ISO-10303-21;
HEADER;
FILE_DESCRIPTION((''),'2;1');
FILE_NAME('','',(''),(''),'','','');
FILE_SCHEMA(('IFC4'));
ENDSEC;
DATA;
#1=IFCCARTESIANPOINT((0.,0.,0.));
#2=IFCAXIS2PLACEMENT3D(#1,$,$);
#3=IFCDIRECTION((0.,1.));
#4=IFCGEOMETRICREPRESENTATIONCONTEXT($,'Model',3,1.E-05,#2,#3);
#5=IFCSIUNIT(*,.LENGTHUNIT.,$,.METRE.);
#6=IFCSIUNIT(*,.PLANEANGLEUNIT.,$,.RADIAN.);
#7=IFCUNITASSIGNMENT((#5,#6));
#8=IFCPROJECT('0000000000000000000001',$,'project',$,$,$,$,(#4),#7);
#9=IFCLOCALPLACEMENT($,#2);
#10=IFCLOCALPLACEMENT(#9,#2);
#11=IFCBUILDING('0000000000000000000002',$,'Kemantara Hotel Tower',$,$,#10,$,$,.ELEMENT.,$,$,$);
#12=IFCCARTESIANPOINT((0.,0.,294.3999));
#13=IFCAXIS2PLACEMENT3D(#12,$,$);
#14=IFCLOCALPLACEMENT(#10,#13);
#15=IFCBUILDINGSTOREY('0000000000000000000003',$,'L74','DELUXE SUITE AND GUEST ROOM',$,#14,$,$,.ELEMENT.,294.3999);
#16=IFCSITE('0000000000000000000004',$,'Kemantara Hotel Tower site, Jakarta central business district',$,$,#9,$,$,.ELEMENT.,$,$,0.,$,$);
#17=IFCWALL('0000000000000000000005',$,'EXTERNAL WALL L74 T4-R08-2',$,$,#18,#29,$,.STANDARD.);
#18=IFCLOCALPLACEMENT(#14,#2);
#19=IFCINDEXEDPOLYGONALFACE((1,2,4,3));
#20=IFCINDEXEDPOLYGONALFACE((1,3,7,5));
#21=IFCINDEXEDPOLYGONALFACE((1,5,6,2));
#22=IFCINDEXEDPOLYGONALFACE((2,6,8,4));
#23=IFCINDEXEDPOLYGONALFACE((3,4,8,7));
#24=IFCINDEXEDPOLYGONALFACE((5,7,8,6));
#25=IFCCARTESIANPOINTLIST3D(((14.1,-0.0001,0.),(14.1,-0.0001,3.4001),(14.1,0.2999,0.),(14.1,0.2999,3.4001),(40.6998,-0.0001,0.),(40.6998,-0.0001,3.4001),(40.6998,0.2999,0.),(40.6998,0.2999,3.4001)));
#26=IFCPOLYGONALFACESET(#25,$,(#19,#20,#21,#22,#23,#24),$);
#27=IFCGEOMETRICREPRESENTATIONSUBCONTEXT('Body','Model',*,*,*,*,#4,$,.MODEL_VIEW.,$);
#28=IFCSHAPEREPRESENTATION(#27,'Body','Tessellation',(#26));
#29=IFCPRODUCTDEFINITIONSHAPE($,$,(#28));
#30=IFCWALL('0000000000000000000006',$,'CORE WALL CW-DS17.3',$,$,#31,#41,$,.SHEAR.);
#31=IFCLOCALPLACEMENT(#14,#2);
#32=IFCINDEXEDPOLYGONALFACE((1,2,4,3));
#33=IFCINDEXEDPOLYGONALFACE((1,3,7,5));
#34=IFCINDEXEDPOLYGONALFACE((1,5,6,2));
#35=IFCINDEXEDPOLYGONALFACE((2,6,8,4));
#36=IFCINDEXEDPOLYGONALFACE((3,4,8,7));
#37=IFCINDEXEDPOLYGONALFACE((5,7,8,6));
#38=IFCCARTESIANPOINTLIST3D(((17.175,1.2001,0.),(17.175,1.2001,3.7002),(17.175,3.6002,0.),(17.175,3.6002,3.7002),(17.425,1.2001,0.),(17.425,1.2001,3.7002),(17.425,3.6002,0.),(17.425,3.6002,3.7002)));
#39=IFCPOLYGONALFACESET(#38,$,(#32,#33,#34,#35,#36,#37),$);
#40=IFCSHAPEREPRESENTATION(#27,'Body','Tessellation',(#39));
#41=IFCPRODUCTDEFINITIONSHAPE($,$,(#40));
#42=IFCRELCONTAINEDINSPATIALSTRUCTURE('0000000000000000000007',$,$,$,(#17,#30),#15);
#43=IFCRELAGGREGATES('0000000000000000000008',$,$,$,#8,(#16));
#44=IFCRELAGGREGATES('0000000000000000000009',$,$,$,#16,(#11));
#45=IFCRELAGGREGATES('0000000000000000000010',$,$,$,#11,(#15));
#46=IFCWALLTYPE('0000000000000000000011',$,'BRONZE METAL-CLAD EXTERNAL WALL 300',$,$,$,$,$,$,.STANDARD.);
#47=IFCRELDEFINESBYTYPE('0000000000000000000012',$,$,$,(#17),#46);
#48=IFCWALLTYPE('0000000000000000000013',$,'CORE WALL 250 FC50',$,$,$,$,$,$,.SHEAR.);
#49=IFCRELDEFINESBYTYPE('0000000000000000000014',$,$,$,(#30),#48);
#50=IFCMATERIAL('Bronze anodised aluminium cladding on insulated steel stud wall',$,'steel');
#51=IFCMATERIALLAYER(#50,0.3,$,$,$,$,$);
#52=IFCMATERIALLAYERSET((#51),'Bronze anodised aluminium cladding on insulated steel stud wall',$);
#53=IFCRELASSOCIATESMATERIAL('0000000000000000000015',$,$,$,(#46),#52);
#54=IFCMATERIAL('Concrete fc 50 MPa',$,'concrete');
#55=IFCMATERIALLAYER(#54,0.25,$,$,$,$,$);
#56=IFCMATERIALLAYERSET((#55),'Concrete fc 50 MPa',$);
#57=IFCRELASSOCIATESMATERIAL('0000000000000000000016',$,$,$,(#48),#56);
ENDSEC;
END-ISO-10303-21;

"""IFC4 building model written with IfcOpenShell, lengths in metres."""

from ifc_helpers import new_model, si_unit, direction, frame, frame_2d, origin, place, context, subcontext, project, spatial, rectangle, extrude, material, layer, layer_set, type_object, element, save


model = new_model("IFC4")

# Units and contexts
model_context = context("Model", 3, precision=1e-05, world=origin(), true_north=direction((0.0, 1.0)))
body_context = subcontext(model_context, "Body", "Model", "MODEL_VIEW")
ifc_project = project(units=[si_unit("LENGTHUNIT", "METRE"), si_unit("PLANEANGLEUNIT", "RADIAN")], contexts=[model_context])

# Site, building, storey
site_placement = place(None, origin())
site = spatial("IfcSite", under=ifc_project, at=site_placement, Name="Kemantara Hotel Tower site, Jakarta central business district", CompositionType="ELEMENT", RefElevation=0.0)
building_placement = place(site_placement, origin())
building = spatial("IfcBuilding", under=site, at=building_placement, Name="Kemantara Hotel Tower", CompositionType="ELEMENT")
storey_placement = place(building_placement, frame((0.0, 0.0, 294.3999)))
storey = spatial("IfcBuildingStorey", under=building, at=storey_placement, Name="L74", Description="DELUXE SUITE AND GUEST ROOM", CompositionType="ELEMENT", Elevation=294.3999)

# Walls
ifc_material_1 = material(Name="Bronze anodised aluminium cladding on insulated steel stud wall", Category="steel")
ifc_layer_1 = layer(ifc_material_1, 0.3)
ifc_layer_set_1 = layer_set([ifc_layer_1], Name="Bronze anodised aluminium cladding on insulated steel stud wall")
wall_type_1 = type_object("IfcWallType", Name="BRONZE METAL-CLAD EXTERNAL WALL 300", PredefinedType="STANDARD", material=ifc_layer_set_1)
wall_1_placement = place(storey_placement, frame((14.1001, 0.1499, 0.0), z_axis=(0.0, 0.0, 1.0), x_axis=(1.0, 0.0, 0.0)))
element("IfcWall", 1, at=wall_1_placement, inside=storey, type_object=wall_type_1, Name="EXTERNAL WALL L74 T4-R08-2", PredefinedType="STANDARD", context=body_context, shape_type="SweptSolid", body=[
    extrude(rectangle(XDim=26.5999, YDim=0.3, at=frame_2d((13.2998, 0.0))), origin(), (0.0, 0.0, 1.0), 3.4001),
])
ifc_material_2 = material(Name="Concrete fc 50 MPa", Category="concrete")
ifc_layer_2 = layer(ifc_material_2, 0.25)
ifc_layer_set_2 = layer_set([ifc_layer_2], Name="Concrete fc 50 MPa")
wall_type_2 = type_object("IfcWallType", Name="CORE WALL 250 FC50", PredefinedType="SHEAR", material=ifc_layer_set_2)
wall_2_placement = place(storey_placement, frame((17.3, 1.2, 0.0), z_axis=(0.0, 0.0, 1.0), x_axis=(0.0, 1.0, 0.0)))
element("IfcWall", 2, at=wall_2_placement, inside=storey, type_object=wall_type_2, Name="CORE WALL CW-DS17.3", PredefinedType="SHEAR", context=body_context, shape_type="SweptSolid", body=[
    extrude(rectangle(XDim=2.4001, YDim=0.25, at=frame_2d((1.2002, 0.0))), origin(), (0.0, 0.0, 1.0), 3.7002),
])

save(model, "model.ifc")
